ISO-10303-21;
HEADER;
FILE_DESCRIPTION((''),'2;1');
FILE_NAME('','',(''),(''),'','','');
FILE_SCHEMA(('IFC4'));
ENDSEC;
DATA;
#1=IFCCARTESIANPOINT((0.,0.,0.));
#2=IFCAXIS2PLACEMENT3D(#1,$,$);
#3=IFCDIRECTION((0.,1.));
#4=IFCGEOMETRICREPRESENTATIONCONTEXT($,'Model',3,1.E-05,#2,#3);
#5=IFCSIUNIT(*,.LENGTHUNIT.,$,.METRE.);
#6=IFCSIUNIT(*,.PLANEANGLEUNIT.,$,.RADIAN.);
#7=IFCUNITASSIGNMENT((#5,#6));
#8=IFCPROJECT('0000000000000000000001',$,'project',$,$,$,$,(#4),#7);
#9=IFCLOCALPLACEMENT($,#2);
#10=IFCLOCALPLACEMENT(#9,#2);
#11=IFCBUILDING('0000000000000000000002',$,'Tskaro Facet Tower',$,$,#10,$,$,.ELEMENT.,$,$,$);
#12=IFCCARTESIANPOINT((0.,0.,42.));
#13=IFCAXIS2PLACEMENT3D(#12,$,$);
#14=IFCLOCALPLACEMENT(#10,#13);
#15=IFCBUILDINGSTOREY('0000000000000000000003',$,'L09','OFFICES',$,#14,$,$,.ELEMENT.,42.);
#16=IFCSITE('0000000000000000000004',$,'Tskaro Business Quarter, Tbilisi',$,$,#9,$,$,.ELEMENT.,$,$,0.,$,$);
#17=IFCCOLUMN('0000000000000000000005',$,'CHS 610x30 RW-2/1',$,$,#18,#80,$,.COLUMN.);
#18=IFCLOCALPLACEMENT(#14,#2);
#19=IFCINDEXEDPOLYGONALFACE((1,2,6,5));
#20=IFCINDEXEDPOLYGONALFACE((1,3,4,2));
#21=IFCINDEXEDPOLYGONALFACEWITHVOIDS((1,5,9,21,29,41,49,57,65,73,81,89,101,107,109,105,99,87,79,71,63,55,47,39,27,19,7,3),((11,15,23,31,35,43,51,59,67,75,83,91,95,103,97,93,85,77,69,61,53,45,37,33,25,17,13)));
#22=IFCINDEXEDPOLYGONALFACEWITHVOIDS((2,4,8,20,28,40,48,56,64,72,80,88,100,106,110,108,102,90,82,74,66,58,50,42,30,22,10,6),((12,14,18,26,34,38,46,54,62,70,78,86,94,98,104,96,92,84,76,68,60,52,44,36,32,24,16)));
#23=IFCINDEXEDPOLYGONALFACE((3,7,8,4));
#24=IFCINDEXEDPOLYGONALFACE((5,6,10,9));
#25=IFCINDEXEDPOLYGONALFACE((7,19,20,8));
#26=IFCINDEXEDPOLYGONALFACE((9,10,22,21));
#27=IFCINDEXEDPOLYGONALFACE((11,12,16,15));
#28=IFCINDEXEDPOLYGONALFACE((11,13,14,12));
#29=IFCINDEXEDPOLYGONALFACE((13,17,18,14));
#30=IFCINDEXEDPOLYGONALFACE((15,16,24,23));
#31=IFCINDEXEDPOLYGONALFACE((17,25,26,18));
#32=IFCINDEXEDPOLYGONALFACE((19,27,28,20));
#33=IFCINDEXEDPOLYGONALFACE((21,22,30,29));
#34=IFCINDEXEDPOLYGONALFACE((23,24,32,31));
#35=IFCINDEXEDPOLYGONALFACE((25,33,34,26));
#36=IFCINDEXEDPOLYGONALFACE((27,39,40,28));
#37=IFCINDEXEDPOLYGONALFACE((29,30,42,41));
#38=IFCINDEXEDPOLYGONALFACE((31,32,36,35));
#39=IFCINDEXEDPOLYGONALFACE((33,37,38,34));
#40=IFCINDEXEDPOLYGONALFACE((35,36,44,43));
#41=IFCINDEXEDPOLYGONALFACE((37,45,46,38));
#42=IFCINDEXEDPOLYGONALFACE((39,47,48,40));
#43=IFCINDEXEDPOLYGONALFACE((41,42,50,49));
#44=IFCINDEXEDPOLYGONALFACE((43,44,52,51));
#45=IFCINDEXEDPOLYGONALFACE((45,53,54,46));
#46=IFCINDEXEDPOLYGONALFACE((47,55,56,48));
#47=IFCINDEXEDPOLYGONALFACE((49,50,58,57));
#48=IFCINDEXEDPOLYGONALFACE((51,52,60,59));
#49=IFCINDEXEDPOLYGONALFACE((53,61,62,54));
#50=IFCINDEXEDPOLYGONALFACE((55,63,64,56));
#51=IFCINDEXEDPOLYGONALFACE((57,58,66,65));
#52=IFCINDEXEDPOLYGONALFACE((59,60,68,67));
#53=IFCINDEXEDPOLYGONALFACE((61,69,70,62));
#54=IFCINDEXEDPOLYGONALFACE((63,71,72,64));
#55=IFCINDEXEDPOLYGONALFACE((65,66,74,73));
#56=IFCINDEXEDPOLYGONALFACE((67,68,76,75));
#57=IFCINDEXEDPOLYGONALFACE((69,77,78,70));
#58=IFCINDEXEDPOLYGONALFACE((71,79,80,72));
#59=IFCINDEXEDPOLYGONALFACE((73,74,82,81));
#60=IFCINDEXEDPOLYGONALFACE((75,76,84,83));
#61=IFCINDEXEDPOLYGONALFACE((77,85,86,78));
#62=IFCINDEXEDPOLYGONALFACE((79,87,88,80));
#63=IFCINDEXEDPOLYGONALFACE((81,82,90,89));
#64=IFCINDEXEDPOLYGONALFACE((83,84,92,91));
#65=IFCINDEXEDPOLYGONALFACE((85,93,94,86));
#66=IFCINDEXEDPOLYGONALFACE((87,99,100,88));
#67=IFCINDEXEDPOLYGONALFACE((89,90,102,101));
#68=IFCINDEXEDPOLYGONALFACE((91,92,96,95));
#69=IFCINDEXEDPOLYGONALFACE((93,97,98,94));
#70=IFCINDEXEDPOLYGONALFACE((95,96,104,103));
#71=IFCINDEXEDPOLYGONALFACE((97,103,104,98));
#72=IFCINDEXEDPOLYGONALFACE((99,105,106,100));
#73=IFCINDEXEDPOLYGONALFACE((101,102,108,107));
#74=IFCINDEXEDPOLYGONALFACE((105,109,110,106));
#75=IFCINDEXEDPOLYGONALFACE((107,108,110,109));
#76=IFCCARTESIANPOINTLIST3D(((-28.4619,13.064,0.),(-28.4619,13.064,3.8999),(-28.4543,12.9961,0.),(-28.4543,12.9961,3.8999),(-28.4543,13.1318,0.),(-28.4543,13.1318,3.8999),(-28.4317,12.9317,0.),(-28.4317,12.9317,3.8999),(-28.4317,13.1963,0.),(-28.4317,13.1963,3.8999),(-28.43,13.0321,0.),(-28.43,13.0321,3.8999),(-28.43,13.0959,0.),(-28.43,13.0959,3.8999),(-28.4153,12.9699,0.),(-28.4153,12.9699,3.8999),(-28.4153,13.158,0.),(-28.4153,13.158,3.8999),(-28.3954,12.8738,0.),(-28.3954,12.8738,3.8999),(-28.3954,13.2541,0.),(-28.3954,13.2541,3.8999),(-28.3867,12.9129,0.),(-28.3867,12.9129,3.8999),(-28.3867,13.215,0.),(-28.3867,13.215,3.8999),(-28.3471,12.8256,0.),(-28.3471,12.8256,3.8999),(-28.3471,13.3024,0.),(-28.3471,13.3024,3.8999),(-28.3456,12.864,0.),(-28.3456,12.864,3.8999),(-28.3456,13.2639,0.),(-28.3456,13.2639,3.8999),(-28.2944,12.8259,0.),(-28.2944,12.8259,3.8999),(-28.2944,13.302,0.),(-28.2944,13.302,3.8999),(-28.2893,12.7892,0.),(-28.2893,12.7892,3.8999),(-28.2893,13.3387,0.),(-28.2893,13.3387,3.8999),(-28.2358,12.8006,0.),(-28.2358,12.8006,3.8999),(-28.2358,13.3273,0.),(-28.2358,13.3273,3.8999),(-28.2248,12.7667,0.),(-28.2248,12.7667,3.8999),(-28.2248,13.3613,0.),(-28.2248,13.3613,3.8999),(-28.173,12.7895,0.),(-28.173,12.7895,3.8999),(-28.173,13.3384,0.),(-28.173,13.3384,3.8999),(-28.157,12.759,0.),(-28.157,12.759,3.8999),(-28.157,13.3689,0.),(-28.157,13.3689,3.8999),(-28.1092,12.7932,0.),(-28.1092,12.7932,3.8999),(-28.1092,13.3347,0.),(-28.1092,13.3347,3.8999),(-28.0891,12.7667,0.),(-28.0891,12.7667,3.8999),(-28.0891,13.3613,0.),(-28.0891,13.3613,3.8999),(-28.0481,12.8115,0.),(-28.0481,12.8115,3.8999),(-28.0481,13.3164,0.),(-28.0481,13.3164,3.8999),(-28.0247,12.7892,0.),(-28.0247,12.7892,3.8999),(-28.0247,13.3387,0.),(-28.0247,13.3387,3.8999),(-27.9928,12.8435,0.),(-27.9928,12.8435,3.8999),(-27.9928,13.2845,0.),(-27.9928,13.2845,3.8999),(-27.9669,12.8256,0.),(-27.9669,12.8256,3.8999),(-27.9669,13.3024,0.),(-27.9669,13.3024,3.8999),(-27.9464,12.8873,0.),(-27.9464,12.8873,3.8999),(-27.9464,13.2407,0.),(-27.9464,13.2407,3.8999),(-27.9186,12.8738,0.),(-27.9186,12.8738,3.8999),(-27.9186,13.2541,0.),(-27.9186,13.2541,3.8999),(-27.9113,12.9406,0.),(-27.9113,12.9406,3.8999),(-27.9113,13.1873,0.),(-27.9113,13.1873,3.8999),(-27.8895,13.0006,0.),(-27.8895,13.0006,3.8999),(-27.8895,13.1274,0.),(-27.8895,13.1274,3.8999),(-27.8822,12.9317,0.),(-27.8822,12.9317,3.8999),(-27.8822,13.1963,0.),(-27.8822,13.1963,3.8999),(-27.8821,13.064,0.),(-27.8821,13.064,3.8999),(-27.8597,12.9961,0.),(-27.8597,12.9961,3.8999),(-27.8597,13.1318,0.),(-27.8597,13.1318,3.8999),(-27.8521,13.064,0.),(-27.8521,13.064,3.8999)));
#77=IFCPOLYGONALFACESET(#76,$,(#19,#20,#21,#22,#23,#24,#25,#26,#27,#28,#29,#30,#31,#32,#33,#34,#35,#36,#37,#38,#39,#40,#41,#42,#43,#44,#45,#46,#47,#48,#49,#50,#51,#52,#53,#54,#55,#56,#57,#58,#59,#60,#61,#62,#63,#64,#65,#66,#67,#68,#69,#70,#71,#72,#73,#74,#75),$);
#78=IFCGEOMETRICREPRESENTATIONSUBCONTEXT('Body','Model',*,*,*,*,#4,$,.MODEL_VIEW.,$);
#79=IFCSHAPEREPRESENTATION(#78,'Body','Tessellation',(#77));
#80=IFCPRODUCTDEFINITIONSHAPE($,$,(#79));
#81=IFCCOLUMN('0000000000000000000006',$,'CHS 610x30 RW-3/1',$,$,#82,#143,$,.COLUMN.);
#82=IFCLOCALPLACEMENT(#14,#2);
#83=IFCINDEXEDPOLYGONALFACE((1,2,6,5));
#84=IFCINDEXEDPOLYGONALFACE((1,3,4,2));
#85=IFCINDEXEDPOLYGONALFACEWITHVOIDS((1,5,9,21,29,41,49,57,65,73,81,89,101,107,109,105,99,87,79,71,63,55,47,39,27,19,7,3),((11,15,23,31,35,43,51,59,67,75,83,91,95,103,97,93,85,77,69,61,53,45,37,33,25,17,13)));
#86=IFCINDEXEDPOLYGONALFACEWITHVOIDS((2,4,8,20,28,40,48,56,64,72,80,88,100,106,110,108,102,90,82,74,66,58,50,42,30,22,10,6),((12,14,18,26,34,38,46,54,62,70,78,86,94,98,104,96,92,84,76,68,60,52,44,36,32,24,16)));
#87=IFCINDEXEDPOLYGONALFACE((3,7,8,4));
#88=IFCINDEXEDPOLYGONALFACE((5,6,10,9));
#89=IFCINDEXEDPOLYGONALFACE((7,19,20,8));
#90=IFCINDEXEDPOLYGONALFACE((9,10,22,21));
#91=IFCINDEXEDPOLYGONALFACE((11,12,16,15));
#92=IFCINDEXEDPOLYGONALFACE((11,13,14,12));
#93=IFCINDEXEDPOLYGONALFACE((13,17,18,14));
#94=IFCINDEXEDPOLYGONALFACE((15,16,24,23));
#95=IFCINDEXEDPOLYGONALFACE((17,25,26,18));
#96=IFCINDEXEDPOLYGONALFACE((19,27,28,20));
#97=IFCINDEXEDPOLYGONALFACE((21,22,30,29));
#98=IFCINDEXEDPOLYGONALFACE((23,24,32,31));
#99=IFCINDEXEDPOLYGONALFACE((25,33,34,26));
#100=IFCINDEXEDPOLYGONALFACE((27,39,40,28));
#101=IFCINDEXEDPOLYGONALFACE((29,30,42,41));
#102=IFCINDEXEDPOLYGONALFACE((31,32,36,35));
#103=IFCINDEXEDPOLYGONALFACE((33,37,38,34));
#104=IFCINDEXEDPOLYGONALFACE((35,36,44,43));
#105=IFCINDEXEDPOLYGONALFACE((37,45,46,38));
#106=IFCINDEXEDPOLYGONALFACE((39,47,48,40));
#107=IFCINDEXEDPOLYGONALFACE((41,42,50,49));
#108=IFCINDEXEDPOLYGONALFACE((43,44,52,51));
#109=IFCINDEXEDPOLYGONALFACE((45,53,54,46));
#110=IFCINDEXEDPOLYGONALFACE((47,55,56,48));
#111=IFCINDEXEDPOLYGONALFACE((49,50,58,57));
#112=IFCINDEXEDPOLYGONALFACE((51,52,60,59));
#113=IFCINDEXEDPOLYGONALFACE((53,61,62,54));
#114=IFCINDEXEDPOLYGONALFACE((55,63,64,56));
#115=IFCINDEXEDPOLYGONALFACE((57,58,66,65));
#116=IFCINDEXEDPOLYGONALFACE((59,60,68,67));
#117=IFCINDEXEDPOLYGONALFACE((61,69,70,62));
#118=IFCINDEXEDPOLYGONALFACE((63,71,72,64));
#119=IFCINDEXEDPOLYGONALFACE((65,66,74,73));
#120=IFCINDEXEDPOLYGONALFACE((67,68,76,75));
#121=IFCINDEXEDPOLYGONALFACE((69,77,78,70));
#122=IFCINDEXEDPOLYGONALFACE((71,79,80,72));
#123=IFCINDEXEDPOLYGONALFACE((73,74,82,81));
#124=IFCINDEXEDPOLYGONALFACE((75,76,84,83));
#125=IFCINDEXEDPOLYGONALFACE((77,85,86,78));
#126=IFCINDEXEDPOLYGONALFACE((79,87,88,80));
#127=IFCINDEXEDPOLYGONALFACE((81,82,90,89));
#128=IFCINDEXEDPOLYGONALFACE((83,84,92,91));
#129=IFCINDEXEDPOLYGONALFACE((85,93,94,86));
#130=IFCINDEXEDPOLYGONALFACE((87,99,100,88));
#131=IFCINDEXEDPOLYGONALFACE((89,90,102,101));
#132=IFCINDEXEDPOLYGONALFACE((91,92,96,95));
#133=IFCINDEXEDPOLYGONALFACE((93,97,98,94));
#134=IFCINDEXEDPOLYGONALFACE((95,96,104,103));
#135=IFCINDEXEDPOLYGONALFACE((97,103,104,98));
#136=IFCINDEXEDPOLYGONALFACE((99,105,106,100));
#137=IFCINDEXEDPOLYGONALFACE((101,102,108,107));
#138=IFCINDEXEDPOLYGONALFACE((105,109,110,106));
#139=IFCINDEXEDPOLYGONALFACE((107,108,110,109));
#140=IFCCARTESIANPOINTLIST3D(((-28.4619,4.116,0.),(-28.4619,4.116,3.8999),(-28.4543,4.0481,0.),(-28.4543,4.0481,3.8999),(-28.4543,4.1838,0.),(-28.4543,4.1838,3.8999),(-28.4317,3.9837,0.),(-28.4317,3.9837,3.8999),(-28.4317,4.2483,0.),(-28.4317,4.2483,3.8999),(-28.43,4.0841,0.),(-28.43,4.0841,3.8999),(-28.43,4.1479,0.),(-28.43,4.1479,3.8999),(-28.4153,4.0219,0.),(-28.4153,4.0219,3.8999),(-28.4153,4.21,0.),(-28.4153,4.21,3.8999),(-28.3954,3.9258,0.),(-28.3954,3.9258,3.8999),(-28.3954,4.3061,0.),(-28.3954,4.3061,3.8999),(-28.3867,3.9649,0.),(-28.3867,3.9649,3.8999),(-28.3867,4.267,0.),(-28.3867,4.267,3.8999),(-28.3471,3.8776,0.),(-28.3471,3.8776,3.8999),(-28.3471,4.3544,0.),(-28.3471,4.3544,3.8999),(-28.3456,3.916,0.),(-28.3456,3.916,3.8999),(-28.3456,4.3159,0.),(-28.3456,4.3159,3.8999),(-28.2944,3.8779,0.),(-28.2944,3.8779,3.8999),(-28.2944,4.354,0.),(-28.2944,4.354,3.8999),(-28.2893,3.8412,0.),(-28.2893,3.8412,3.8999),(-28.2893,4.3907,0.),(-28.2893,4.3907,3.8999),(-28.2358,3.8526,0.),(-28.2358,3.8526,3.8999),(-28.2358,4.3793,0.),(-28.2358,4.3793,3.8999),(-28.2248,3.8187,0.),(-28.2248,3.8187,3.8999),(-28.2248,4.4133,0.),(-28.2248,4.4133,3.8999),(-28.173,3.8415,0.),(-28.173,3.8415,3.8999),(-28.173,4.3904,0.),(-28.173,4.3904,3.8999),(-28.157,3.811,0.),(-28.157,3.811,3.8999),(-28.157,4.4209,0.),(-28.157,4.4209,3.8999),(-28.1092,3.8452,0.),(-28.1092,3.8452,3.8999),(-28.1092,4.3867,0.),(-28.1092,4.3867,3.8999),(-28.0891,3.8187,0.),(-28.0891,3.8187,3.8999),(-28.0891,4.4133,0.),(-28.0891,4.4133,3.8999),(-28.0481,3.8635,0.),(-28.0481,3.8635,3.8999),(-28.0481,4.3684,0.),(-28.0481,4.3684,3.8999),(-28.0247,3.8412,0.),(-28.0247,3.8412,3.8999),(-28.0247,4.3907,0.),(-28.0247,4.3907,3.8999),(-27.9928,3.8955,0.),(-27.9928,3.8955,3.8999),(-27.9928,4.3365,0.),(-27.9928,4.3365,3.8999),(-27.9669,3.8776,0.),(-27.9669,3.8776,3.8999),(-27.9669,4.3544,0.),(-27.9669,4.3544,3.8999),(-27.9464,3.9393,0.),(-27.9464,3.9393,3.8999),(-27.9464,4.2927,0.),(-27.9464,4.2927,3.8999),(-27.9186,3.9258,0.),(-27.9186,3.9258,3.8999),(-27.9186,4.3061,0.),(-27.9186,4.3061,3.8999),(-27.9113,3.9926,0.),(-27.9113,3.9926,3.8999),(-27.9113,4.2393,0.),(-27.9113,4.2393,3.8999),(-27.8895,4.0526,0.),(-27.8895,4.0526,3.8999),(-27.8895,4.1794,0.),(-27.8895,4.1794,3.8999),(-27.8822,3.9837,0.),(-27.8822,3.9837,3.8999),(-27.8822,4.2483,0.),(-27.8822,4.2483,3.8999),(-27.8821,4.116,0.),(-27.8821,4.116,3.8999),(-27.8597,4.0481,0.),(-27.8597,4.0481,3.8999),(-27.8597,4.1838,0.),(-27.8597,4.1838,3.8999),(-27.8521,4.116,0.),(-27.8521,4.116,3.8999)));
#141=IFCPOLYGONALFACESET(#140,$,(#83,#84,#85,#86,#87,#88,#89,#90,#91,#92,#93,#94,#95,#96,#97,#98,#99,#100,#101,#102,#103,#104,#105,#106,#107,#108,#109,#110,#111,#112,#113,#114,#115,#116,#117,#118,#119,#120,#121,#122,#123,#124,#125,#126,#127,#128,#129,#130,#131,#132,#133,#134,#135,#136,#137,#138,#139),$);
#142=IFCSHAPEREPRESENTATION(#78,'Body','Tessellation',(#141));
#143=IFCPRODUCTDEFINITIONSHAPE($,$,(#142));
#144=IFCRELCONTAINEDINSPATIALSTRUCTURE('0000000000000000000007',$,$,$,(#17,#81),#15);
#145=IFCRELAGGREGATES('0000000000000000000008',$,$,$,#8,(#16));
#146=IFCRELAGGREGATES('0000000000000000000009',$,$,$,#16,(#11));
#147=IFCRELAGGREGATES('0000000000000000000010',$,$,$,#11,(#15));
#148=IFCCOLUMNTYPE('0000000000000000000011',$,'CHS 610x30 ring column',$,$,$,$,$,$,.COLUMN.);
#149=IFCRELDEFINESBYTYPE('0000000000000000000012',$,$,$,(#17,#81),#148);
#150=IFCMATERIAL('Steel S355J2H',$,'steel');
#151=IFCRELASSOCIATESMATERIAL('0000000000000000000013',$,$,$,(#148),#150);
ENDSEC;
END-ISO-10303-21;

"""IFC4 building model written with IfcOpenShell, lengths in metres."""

from ifc_helpers import new_model, si_unit, direction, frame, origin, origin_2d, place, context, subcontext, project, spatial, hollow_circle, extrude, material, material_profile, profile_set, type_object, element, save


model = new_model("IFC4")

# Units and contexts
model_context = context("Model", 3, precision=1e-05, world=origin(), true_north=direction((0.0, 1.0)))
body_context = subcontext(model_context, "Body", "Model", "MODEL_VIEW")
ifc_project = project(units=[si_unit("LENGTHUNIT", "METRE"), si_unit("PLANEANGLEUNIT", "RADIAN")], contexts=[model_context])

# Site, building, storey
site_placement = place(None, origin())
site = spatial("IfcSite", under=ifc_project, at=site_placement, Name="Tskaro Business Quarter, Tbilisi", CompositionType="ELEMENT", RefElevation=0.0)
building_placement = place(site_placement, origin())
building = spatial("IfcBuilding", under=site, at=building_placement, Name="Tskaro Facet Tower", CompositionType="ELEMENT")
storey_placement = place(building_placement, frame((0.0, 0.0, 42.0)))
storey = spatial("IfcBuildingStorey", under=building, at=storey_placement, Name="L09", Description="OFFICES", CompositionType="ELEMENT", Elevation=42.0)

# Columns
ifc_material_1 = material(Name="Steel S355J2H", Category="steel")
ifc_material_profile_1 = material_profile(ifc_material_1, hollow_circle(Radius=0.3049, WallThickness=0.03, at=origin_2d()), Name="CHS 610x30")
ifc_profile_set_1 = profile_set([ifc_material_profile_1], Name="Steel S355J2H")
column_type_1 = type_object("IfcColumnType", Name="CHS 610x30 ring column", PredefinedType="COLUMN", material=ifc_profile_set_1)
for number, where, z_axis, x_axis, name in (
    (1, (-28.157, 13.064, 0.0), (0.0, 0.0, 1.0), (1.0, 0.0, 0.0), "CHS 610x30 RW-2/1"),
    (2, (-28.157, 4.116, 0.0), (0.0, 0.0, 1.0), (1.0, 0.0, 0.0), "CHS 610x30 RW-3/1"),
):
    element("IfcColumn", number, at=place(storey_placement, frame(where, z_axis=z_axis, x_axis=x_axis)), inside=storey, type_object=column_type_1, Name=name, PredefinedType="COLUMN", context=body_context, shape_type="SweptSolid", body=[
        extrude(hollow_circle(Radius=0.3049, WallThickness=0.03, at=origin_2d()), origin(), (0.0, 0.0, 1.0), 3.8999),
    ])

save(model, "model.ifc")
